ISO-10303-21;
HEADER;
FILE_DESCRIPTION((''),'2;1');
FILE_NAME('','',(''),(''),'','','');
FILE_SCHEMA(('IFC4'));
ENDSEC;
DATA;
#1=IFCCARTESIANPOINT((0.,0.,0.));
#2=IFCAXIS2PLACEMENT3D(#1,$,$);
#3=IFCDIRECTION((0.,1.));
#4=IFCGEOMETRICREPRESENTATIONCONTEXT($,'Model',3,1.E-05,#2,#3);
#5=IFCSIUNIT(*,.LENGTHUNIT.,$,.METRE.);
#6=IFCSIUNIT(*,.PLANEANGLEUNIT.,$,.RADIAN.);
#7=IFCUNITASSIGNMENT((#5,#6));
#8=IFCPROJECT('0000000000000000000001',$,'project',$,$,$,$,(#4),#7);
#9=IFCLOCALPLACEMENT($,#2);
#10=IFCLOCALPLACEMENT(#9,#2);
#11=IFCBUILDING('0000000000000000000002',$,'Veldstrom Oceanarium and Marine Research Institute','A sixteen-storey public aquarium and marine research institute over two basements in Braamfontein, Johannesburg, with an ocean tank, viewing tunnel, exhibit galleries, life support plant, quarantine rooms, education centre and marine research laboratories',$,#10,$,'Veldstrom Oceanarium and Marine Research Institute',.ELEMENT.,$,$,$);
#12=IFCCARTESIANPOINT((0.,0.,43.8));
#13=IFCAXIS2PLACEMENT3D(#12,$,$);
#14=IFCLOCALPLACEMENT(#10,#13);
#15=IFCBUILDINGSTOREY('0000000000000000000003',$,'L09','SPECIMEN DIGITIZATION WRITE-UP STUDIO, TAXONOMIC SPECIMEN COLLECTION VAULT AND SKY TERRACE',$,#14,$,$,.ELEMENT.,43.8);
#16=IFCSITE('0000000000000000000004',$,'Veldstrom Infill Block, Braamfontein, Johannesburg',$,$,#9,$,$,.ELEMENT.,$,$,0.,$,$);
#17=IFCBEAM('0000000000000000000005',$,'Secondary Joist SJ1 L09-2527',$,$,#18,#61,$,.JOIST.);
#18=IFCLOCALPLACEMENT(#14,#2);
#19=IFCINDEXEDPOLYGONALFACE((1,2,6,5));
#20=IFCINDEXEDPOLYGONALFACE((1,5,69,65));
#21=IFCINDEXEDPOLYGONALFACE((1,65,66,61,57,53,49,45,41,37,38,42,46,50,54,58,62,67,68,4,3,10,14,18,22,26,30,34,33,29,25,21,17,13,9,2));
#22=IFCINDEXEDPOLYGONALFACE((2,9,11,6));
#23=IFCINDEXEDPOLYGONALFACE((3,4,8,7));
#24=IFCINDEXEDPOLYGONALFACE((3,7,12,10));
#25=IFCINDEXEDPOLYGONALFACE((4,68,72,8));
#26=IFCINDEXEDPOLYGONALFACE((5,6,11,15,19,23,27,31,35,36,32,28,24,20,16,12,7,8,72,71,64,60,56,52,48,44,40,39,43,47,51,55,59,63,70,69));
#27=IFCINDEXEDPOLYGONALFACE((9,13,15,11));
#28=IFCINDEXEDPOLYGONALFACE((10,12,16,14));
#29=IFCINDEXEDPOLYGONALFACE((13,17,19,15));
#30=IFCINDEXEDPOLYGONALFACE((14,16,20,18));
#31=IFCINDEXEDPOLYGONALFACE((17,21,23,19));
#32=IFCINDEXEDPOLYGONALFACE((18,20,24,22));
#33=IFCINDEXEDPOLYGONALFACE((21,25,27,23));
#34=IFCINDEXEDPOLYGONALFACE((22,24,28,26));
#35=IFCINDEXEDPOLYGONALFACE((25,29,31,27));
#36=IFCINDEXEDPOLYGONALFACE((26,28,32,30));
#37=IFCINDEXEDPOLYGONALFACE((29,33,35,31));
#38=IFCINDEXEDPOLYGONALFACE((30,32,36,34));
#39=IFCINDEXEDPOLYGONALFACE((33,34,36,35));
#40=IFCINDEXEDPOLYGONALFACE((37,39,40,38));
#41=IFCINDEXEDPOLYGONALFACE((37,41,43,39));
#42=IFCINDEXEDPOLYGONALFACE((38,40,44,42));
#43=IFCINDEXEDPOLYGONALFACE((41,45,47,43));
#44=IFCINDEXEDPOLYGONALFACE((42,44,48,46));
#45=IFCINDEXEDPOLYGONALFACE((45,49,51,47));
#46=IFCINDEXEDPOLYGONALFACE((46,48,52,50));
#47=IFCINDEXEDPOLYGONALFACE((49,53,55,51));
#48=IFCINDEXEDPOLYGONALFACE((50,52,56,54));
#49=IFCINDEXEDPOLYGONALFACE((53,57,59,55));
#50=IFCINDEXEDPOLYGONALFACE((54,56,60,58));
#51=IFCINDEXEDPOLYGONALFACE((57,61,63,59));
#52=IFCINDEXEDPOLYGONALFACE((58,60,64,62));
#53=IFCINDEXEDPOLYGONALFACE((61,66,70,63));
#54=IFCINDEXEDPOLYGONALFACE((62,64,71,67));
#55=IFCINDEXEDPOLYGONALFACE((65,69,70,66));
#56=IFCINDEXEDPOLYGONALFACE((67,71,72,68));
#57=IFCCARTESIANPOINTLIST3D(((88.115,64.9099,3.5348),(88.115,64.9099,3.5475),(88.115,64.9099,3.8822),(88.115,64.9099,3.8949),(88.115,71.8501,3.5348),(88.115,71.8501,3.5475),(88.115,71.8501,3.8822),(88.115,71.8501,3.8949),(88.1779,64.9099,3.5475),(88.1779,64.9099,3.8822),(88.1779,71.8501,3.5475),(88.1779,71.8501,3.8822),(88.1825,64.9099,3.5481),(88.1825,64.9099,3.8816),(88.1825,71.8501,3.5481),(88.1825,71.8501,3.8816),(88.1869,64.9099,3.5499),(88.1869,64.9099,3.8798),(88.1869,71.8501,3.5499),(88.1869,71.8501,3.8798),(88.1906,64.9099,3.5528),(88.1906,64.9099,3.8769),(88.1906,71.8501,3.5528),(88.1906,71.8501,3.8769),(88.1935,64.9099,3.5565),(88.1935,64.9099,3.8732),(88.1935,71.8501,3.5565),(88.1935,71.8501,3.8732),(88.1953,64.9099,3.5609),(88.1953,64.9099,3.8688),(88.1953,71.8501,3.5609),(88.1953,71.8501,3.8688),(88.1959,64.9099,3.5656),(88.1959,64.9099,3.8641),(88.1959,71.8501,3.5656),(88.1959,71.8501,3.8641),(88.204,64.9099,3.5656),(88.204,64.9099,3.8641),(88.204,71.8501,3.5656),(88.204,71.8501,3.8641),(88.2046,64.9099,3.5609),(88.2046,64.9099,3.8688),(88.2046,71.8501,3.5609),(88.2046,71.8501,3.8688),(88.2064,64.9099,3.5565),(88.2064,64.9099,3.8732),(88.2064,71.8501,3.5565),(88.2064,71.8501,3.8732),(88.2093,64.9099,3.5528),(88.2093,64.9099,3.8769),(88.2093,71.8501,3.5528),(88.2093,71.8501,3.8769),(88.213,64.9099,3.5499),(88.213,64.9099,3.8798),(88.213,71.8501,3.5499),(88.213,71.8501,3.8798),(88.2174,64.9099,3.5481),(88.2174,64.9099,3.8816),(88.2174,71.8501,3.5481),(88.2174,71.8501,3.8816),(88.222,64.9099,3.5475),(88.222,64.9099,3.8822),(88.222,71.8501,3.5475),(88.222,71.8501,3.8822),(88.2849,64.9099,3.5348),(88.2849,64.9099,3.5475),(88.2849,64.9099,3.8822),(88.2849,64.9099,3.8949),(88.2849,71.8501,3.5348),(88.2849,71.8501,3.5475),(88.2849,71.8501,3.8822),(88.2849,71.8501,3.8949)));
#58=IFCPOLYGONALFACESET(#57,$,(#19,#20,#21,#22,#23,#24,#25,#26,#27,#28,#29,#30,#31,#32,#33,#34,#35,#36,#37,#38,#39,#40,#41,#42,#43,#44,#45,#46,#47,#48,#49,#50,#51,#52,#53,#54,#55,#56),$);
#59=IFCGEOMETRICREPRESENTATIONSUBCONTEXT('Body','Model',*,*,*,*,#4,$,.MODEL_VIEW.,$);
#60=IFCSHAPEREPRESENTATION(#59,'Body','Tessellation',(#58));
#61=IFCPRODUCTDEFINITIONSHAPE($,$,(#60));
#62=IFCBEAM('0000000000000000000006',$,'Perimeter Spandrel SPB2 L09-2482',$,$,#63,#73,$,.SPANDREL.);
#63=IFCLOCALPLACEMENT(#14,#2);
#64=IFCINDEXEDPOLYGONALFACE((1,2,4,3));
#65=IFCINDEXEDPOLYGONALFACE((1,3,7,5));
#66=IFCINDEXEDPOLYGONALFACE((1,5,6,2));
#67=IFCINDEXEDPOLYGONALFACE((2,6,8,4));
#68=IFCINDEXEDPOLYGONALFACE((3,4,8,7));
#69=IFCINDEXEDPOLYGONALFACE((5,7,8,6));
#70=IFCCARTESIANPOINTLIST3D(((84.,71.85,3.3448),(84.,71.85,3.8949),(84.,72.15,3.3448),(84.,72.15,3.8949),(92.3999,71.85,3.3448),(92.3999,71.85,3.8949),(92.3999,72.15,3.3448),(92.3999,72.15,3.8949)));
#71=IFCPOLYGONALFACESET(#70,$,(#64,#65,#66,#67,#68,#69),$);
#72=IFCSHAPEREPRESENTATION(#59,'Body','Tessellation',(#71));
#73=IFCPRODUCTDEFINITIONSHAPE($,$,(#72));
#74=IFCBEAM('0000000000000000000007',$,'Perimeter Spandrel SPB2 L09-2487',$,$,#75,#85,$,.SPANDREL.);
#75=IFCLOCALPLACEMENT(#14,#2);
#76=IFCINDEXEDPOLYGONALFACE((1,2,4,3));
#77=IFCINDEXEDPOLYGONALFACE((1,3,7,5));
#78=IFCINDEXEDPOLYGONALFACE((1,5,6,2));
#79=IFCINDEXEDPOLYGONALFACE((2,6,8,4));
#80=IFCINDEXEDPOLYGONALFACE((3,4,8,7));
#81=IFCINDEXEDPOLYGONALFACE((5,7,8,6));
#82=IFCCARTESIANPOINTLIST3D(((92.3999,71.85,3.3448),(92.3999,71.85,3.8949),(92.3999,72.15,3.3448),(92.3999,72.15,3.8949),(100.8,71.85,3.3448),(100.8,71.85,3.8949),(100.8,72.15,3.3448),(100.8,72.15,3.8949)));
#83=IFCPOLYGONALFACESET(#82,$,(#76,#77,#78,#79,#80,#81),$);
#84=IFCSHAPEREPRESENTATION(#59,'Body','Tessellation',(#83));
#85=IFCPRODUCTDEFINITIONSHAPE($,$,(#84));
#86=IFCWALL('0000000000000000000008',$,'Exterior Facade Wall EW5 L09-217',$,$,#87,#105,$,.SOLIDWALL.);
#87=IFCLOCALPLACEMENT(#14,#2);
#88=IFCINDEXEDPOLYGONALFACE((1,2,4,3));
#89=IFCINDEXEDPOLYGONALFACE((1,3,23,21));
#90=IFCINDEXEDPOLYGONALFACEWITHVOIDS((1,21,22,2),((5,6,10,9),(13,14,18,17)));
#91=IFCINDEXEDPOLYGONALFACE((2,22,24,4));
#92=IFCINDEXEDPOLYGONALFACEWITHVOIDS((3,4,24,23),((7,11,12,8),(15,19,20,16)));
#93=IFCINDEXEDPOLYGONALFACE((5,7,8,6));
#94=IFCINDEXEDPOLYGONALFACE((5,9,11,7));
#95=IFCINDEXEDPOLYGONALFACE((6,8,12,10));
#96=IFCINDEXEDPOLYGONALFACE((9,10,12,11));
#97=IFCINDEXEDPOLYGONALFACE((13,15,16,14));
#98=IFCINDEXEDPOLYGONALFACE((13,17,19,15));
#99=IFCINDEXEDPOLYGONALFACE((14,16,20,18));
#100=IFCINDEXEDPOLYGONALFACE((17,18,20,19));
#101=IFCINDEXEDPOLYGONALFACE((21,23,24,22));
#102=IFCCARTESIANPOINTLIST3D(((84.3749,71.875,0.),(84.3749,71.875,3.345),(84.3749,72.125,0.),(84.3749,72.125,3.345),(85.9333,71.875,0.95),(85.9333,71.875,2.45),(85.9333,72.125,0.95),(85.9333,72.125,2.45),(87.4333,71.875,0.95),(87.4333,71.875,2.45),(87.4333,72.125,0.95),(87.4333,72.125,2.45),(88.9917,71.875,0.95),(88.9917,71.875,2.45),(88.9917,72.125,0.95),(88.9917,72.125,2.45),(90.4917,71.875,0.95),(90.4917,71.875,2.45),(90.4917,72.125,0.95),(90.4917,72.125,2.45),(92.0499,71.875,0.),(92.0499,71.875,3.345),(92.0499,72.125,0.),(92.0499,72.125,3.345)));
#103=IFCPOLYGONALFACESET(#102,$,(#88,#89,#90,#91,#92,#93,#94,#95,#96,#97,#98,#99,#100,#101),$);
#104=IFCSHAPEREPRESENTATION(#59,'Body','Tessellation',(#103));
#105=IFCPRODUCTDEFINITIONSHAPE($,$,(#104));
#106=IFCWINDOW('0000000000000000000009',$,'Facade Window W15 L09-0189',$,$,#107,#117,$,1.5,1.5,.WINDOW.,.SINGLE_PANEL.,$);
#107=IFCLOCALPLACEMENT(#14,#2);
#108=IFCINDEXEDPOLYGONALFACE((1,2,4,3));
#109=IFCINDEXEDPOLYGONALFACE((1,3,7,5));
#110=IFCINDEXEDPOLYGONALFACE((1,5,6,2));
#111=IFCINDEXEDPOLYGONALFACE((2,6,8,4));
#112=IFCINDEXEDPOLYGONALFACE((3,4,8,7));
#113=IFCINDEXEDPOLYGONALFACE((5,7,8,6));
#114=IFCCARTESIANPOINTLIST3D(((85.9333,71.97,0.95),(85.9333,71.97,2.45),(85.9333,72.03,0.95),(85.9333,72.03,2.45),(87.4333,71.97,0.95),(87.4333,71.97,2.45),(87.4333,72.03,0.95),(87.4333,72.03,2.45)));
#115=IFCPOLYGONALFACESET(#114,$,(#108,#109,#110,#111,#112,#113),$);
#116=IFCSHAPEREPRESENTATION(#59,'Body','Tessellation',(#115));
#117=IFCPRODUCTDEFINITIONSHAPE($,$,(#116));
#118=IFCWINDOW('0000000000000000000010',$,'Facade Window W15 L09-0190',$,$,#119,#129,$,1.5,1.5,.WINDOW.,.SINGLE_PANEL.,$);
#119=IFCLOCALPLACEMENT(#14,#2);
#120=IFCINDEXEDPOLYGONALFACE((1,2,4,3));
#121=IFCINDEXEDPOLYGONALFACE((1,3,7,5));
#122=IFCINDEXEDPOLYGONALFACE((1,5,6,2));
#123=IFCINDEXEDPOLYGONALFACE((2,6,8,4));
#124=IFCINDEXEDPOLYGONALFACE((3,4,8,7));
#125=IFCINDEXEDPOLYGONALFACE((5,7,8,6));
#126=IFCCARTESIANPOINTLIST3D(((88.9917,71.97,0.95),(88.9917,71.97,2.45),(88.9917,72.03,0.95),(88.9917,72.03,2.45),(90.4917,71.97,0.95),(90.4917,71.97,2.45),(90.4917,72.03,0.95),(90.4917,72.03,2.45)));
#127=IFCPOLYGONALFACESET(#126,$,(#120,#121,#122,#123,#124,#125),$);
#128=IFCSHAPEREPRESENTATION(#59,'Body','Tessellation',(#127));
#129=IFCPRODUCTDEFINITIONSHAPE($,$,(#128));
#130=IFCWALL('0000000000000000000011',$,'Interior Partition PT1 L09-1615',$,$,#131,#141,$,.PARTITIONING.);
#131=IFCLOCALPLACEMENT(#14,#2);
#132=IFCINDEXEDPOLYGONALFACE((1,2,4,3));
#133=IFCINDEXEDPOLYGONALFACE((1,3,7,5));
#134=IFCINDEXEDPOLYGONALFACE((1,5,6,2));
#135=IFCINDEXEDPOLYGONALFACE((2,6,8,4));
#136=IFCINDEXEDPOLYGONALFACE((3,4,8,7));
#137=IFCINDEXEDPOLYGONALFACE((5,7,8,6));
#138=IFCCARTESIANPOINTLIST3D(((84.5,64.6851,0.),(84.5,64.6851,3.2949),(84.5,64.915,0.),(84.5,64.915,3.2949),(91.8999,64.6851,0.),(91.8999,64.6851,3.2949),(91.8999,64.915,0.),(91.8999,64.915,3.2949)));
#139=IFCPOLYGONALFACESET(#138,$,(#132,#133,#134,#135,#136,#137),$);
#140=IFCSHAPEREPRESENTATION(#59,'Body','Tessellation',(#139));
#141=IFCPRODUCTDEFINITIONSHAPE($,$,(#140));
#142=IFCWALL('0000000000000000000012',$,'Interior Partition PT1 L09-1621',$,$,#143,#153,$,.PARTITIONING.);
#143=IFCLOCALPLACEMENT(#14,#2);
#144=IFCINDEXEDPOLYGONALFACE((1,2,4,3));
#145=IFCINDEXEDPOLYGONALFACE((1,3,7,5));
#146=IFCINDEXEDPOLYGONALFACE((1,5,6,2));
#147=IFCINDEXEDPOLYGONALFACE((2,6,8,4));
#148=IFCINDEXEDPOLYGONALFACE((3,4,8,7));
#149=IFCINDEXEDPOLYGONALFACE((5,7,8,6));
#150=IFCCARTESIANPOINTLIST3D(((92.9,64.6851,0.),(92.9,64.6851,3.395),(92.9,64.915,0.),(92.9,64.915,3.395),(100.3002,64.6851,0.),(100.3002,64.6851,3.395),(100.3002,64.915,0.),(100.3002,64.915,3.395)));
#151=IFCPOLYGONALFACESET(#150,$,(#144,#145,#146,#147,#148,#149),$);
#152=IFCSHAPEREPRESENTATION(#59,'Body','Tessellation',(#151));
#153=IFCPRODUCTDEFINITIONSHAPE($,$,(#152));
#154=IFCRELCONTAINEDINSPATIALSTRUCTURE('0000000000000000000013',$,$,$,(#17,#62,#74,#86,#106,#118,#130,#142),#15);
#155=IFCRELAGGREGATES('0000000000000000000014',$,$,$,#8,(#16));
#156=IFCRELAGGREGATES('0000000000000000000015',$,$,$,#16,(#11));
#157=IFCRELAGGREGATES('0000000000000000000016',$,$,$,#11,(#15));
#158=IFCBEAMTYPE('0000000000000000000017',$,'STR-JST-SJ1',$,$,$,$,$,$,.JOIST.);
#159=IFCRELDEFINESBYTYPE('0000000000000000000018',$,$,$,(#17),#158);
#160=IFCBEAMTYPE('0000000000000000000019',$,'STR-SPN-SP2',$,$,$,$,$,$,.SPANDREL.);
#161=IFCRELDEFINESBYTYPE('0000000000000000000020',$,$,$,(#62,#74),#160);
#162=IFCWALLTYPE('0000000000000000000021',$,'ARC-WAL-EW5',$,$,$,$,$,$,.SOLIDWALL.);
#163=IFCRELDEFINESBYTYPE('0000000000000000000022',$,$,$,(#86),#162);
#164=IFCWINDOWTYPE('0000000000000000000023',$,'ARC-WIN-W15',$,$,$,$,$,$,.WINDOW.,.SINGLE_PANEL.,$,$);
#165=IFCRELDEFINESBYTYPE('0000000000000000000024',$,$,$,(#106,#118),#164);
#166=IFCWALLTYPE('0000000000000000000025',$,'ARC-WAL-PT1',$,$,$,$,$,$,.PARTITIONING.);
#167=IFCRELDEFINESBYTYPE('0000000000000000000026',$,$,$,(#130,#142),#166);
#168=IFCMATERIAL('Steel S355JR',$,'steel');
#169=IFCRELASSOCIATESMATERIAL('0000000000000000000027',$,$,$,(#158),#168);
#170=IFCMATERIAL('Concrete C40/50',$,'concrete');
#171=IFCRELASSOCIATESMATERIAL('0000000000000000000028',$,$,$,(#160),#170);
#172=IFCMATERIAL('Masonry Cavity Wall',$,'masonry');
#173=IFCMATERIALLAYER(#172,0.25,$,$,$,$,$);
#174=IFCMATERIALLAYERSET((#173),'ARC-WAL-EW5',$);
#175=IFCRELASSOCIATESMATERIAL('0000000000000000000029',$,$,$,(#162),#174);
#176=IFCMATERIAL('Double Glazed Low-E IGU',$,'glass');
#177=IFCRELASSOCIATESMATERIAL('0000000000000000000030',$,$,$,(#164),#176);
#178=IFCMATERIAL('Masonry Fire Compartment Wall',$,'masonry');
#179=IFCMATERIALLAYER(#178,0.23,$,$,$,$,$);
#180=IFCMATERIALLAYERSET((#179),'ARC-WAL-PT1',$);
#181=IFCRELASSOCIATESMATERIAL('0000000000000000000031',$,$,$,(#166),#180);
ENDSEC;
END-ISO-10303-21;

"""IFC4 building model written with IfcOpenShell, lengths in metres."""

from ifc_helpers import new_model, si_unit, direction, frame, frame_2d, origin, origin_2d, place, context, subcontext, project, spatial, rectangle, i_section, extrude, material, layer, layer_set, material_profile, profile_set, type_object, element, fill, save


model = new_model("IFC4")

# Units and contexts
model_context = context("Model", 3, precision=1e-05, world=origin(), true_north=direction((0.0, 1.0)))
body_context = subcontext(model_context, "Body", "Model", "MODEL_VIEW")
ifc_project = project(units=[si_unit("LENGTHUNIT", "METRE"), si_unit("PLANEANGLEUNIT", "RADIAN")], contexts=[model_context])

# Site, building, storey
site_placement = place(None, origin())
site = spatial("IfcSite", under=ifc_project, at=site_placement, Name="Veldstrom Infill Block, Braamfontein, Johannesburg", CompositionType="ELEMENT", RefElevation=0.0)
building_placement = place(site_placement, origin())
building = spatial("IfcBuilding", under=site, at=building_placement, Name="Veldstrom Oceanarium and Marine Research Institute", Description="A sixteen-storey public aquarium and marine research institute over two basements in Braamfontein, Johannesburg, with an ocean tank, viewing tunnel, exhibit galleries, life support plant, quarantine rooms, education centre and marine research laboratories", LongName="Veldstrom Oceanarium and Marine Research Institute", CompositionType="ELEMENT")
storey_placement = place(building_placement, frame((0.0, 0.0, 43.8)))
storey = spatial("IfcBuildingStorey", under=building, at=storey_placement, Name="L09", Description="SPECIMEN DIGITIZATION WRITE-UP STUDIO, TAXONOMIC SPECIMEN COLLECTION VAULT AND SKY TERRACE", CompositionType="ELEMENT", Elevation=43.8)

# Beams
ifc_material_1 = material(Name="Steel S355JR", Category="steel")
ifc_material_profile_1 = material_profile(ifc_material_1, i_section(OverallWidth=0.1699, OverallDepth=0.3601, WebThickness=0.0081, FlangeThickness=0.0127, FilletRadius=0.0181, at=origin_2d()), Name="IPE 360")
ifc_profile_set_1 = profile_set([ifc_material_profile_1], Name="Steel S355JR")
beam_type_1 = type_object("IfcBeamType", Name="STR-JST-SJ1", PredefinedType="JOIST", material=ifc_profile_set_1)
beam_1_placement = place(storey_placement, frame((88.2, 64.9099, 3.7148), z_axis=(0.0, 1.0, 0.0), x_axis=(-1.0, 0.0, 0.0)))
element("IfcBeam", 1, at=beam_1_placement, inside=storey, type_object=beam_type_1, Name="Secondary Joist SJ1 L09-2527", PredefinedType="JOIST", context=body_context, shape_type="SweptSolid", body=[
    extrude(i_section(OverallWidth=0.1699, OverallDepth=0.3601, WebThickness=0.0081, FlangeThickness=0.0127, FilletRadius=0.0181, at=origin_2d()), origin(), (0.0, 0.0, 1.0), 6.9402),
])
ifc_material_2 = material(Name="Concrete C40/50", Category="concrete")
ifc_material_profile_2 = material_profile(ifc_material_2, rectangle(XDim=0.3, YDim=0.55, at=origin_2d()), Name="RC-SPN-300x550")
ifc_profile_set_2 = profile_set([ifc_material_profile_2], Name="Concrete C40/50")
beam_type_2 = type_object("IfcBeamType", Name="STR-SPN-SP2", PredefinedType="SPANDREL", material=ifc_profile_set_2)
beam_2_placement = place(storey_placement, frame((84.0, 72.0, 3.6199), z_axis=(1.0, 0.0, 0.0), x_axis=(0.0, 1.0, 0.0)))
element("IfcBeam", 2, at=beam_2_placement, inside=storey, type_object=beam_type_2, Name="Perimeter Spandrel SPB2 L09-2482", PredefinedType="SPANDREL", context=body_context, shape_type="SweptSolid", body=[
    extrude(rectangle(XDim=0.3, YDim=0.55, at=origin_2d()), origin(), (0.0, 0.0, 1.0), 8.3999),
])
beam_3_placement = place(storey_placement, frame((92.3999, 72.0, 3.6199), z_axis=(1.0, 0.0, 0.0), x_axis=(0.0, 1.0, 0.0)))
element("IfcBeam", 3, at=beam_3_placement, inside=storey, type_object=beam_type_2, Name="Perimeter Spandrel SPB2 L09-2487", PredefinedType="SPANDREL", context=body_context, shape_type="SweptSolid", body=[
    extrude(rectangle(XDim=0.3, YDim=0.55, at=origin_2d()), origin(), (0.0, 0.0, 1.0), 8.4001),
])

# Wall, openings, windows
ifc_material_3 = material(Name="Masonry Cavity Wall", Category="masonry")
ifc_layer_1 = layer(ifc_material_3, 0.25)
ifc_layer_set_1 = layer_set([ifc_layer_1], Name="ARC-WAL-EW5")
wall_type_1 = type_object("IfcWallType", Name="ARC-WAL-EW5", PredefinedType="SOLIDWALL", material=ifc_layer_set_1)
wall_1_placement = place(storey_placement, frame((84.375, 72.0, 0.0), z_axis=(0.0, 0.0, 1.0), x_axis=(1.0, 0.0, 0.0)))
wall_1 = element("IfcWall", 4, at=wall_1_placement, inside=storey, type_object=wall_type_1, Name="Exterior Facade Wall EW5 L09-217", PredefinedType="SOLIDWALL", context=body_context, shape_type="SweptSolid", body=[
    extrude(rectangle(XDim=7.675, YDim=0.25, at=frame_2d((3.8374, 0.0))), origin(), (0.0, 0.0, 1.0), 3.345),
])
opening_1_placement = place(wall_1_placement, frame((1.5583, 0.0, 0.95)))
opening_1 = element("IfcOpeningElement", 5, at=opening_1_placement, cuts=wall_1, PredefinedType="OPENING", context=body_context, shape_type="SweptSolid", body=[
    extrude(rectangle(XDim=1.5, YDim=1.5, at=frame_2d((0.75, 0.75))), frame((0.0, 0.135, 0.0), z_axis=(0.0, -1.0, 0.0), x_axis=(1.0, 0.0, 0.0)), (0.0, 0.0, 1.0), 0.27),
])
opening_2_placement = place(wall_1_placement, frame((4.6167, 0.0, 0.95)))
opening_2 = element("IfcOpeningElement", 6, at=opening_2_placement, cuts=wall_1, PredefinedType="OPENING", context=body_context, shape_type="SweptSolid", body=[
    extrude(rectangle(XDim=1.5, YDim=1.5, at=frame_2d((0.75, 0.75))), frame((0.0, 0.135, 0.0), z_axis=(0.0, -1.0, 0.0), x_axis=(1.0, 0.0, 0.0)), (0.0, 0.0, 1.0), 0.27),
])
ifc_material_4 = material(Name="Double Glazed Low-E IGU", Category="glass")
window_type = type_object("IfcWindowType", Name="ARC-WIN-W15", PartitioningType="SINGLE_PANEL", PredefinedType="WINDOW", material=ifc_material_4)
window_1_placement = place(opening_1_placement, origin())
window_1 = element("IfcWindow", 7, at=window_1_placement, inside=storey, type_object=window_type, Name="Facade Window W15 L09-0189", OverallHeight=1.5, OverallWidth=1.5, PartitioningType="SINGLE_PANEL", PredefinedType="WINDOW", context=body_context, shape_type="SweptSolid", body=[
    extrude(rectangle(XDim=1.5, YDim=1.5, at=frame_2d((0.75, 0.75))), frame((0.0, 0.03, 0.0), z_axis=(0.0, -1.0, 0.0), x_axis=(1.0, 0.0, 0.0)), (0.0, 0.0, 1.0), 0.0601),
])
fill(opening_1, window_1)
window_2_placement = place(opening_2_placement, origin())
window_2 = element("IfcWindow", 8, at=window_2_placement, inside=storey, type_object=window_type, Name="Facade Window W15 L09-0190", OverallHeight=1.5, OverallWidth=1.5, PartitioningType="SINGLE_PANEL", PredefinedType="WINDOW", context=body_context, shape_type="SweptSolid", body=[
    extrude(rectangle(XDim=1.5, YDim=1.5, at=frame_2d((0.75, 0.75))), frame((0.0, 0.03, 0.0), z_axis=(0.0, -1.0, 0.0), x_axis=(1.0, 0.0, 0.0)), (0.0, 0.0, 1.0), 0.0601),
])
fill(opening_2, window_2)

# Walls
ifc_material_5 = material(Name="Masonry Fire Compartment Wall", Category="masonry")
ifc_layer_2 = layer(ifc_material_5, 0.23)
ifc_layer_set_2 = layer_set([ifc_layer_2], Name="ARC-WAL-PT1")
wall_type_2 = type_object("IfcWallType", Name="ARC-WAL-PT1", PredefinedType="PARTITIONING", material=ifc_layer_set_2)
wall_2_placement = place(storey_placement, frame((84.5, 64.8, 0.0), z_axis=(0.0, 0.0, 1.0), x_axis=(1.0, 0.0, 0.0)))
element("IfcWall", 9, at=wall_2_placement, inside=storey, type_object=wall_type_2, Name="Interior Partition PT1 L09-1615", PredefinedType="PARTITIONING", context=body_context, shape_type="SweptSolid", body=[
    extrude(rectangle(XDim=7.3999, YDim=0.23, at=frame_2d((3.7, 0.0))), origin(), (0.0, 0.0, 1.0), 3.2949),
])
wall_3_placement = place(storey_placement, frame((92.8999, 64.8, 0.0), z_axis=(0.0, 0.0, 1.0), x_axis=(1.0, 0.0, 0.0)))
element("IfcWall", 10, at=wall_3_placement, inside=storey, type_object=wall_type_2, Name="Interior Partition PT1 L09-1621", PredefinedType="PARTITIONING", context=body_context, shape_type="SweptSolid", body=[
    extrude(rectangle(XDim=7.4001, YDim=0.23, at=frame_2d((3.7002, 0.0))), origin(), (0.0, 0.0, 1.0), 3.395),
])

save(model, "model.ifc")
